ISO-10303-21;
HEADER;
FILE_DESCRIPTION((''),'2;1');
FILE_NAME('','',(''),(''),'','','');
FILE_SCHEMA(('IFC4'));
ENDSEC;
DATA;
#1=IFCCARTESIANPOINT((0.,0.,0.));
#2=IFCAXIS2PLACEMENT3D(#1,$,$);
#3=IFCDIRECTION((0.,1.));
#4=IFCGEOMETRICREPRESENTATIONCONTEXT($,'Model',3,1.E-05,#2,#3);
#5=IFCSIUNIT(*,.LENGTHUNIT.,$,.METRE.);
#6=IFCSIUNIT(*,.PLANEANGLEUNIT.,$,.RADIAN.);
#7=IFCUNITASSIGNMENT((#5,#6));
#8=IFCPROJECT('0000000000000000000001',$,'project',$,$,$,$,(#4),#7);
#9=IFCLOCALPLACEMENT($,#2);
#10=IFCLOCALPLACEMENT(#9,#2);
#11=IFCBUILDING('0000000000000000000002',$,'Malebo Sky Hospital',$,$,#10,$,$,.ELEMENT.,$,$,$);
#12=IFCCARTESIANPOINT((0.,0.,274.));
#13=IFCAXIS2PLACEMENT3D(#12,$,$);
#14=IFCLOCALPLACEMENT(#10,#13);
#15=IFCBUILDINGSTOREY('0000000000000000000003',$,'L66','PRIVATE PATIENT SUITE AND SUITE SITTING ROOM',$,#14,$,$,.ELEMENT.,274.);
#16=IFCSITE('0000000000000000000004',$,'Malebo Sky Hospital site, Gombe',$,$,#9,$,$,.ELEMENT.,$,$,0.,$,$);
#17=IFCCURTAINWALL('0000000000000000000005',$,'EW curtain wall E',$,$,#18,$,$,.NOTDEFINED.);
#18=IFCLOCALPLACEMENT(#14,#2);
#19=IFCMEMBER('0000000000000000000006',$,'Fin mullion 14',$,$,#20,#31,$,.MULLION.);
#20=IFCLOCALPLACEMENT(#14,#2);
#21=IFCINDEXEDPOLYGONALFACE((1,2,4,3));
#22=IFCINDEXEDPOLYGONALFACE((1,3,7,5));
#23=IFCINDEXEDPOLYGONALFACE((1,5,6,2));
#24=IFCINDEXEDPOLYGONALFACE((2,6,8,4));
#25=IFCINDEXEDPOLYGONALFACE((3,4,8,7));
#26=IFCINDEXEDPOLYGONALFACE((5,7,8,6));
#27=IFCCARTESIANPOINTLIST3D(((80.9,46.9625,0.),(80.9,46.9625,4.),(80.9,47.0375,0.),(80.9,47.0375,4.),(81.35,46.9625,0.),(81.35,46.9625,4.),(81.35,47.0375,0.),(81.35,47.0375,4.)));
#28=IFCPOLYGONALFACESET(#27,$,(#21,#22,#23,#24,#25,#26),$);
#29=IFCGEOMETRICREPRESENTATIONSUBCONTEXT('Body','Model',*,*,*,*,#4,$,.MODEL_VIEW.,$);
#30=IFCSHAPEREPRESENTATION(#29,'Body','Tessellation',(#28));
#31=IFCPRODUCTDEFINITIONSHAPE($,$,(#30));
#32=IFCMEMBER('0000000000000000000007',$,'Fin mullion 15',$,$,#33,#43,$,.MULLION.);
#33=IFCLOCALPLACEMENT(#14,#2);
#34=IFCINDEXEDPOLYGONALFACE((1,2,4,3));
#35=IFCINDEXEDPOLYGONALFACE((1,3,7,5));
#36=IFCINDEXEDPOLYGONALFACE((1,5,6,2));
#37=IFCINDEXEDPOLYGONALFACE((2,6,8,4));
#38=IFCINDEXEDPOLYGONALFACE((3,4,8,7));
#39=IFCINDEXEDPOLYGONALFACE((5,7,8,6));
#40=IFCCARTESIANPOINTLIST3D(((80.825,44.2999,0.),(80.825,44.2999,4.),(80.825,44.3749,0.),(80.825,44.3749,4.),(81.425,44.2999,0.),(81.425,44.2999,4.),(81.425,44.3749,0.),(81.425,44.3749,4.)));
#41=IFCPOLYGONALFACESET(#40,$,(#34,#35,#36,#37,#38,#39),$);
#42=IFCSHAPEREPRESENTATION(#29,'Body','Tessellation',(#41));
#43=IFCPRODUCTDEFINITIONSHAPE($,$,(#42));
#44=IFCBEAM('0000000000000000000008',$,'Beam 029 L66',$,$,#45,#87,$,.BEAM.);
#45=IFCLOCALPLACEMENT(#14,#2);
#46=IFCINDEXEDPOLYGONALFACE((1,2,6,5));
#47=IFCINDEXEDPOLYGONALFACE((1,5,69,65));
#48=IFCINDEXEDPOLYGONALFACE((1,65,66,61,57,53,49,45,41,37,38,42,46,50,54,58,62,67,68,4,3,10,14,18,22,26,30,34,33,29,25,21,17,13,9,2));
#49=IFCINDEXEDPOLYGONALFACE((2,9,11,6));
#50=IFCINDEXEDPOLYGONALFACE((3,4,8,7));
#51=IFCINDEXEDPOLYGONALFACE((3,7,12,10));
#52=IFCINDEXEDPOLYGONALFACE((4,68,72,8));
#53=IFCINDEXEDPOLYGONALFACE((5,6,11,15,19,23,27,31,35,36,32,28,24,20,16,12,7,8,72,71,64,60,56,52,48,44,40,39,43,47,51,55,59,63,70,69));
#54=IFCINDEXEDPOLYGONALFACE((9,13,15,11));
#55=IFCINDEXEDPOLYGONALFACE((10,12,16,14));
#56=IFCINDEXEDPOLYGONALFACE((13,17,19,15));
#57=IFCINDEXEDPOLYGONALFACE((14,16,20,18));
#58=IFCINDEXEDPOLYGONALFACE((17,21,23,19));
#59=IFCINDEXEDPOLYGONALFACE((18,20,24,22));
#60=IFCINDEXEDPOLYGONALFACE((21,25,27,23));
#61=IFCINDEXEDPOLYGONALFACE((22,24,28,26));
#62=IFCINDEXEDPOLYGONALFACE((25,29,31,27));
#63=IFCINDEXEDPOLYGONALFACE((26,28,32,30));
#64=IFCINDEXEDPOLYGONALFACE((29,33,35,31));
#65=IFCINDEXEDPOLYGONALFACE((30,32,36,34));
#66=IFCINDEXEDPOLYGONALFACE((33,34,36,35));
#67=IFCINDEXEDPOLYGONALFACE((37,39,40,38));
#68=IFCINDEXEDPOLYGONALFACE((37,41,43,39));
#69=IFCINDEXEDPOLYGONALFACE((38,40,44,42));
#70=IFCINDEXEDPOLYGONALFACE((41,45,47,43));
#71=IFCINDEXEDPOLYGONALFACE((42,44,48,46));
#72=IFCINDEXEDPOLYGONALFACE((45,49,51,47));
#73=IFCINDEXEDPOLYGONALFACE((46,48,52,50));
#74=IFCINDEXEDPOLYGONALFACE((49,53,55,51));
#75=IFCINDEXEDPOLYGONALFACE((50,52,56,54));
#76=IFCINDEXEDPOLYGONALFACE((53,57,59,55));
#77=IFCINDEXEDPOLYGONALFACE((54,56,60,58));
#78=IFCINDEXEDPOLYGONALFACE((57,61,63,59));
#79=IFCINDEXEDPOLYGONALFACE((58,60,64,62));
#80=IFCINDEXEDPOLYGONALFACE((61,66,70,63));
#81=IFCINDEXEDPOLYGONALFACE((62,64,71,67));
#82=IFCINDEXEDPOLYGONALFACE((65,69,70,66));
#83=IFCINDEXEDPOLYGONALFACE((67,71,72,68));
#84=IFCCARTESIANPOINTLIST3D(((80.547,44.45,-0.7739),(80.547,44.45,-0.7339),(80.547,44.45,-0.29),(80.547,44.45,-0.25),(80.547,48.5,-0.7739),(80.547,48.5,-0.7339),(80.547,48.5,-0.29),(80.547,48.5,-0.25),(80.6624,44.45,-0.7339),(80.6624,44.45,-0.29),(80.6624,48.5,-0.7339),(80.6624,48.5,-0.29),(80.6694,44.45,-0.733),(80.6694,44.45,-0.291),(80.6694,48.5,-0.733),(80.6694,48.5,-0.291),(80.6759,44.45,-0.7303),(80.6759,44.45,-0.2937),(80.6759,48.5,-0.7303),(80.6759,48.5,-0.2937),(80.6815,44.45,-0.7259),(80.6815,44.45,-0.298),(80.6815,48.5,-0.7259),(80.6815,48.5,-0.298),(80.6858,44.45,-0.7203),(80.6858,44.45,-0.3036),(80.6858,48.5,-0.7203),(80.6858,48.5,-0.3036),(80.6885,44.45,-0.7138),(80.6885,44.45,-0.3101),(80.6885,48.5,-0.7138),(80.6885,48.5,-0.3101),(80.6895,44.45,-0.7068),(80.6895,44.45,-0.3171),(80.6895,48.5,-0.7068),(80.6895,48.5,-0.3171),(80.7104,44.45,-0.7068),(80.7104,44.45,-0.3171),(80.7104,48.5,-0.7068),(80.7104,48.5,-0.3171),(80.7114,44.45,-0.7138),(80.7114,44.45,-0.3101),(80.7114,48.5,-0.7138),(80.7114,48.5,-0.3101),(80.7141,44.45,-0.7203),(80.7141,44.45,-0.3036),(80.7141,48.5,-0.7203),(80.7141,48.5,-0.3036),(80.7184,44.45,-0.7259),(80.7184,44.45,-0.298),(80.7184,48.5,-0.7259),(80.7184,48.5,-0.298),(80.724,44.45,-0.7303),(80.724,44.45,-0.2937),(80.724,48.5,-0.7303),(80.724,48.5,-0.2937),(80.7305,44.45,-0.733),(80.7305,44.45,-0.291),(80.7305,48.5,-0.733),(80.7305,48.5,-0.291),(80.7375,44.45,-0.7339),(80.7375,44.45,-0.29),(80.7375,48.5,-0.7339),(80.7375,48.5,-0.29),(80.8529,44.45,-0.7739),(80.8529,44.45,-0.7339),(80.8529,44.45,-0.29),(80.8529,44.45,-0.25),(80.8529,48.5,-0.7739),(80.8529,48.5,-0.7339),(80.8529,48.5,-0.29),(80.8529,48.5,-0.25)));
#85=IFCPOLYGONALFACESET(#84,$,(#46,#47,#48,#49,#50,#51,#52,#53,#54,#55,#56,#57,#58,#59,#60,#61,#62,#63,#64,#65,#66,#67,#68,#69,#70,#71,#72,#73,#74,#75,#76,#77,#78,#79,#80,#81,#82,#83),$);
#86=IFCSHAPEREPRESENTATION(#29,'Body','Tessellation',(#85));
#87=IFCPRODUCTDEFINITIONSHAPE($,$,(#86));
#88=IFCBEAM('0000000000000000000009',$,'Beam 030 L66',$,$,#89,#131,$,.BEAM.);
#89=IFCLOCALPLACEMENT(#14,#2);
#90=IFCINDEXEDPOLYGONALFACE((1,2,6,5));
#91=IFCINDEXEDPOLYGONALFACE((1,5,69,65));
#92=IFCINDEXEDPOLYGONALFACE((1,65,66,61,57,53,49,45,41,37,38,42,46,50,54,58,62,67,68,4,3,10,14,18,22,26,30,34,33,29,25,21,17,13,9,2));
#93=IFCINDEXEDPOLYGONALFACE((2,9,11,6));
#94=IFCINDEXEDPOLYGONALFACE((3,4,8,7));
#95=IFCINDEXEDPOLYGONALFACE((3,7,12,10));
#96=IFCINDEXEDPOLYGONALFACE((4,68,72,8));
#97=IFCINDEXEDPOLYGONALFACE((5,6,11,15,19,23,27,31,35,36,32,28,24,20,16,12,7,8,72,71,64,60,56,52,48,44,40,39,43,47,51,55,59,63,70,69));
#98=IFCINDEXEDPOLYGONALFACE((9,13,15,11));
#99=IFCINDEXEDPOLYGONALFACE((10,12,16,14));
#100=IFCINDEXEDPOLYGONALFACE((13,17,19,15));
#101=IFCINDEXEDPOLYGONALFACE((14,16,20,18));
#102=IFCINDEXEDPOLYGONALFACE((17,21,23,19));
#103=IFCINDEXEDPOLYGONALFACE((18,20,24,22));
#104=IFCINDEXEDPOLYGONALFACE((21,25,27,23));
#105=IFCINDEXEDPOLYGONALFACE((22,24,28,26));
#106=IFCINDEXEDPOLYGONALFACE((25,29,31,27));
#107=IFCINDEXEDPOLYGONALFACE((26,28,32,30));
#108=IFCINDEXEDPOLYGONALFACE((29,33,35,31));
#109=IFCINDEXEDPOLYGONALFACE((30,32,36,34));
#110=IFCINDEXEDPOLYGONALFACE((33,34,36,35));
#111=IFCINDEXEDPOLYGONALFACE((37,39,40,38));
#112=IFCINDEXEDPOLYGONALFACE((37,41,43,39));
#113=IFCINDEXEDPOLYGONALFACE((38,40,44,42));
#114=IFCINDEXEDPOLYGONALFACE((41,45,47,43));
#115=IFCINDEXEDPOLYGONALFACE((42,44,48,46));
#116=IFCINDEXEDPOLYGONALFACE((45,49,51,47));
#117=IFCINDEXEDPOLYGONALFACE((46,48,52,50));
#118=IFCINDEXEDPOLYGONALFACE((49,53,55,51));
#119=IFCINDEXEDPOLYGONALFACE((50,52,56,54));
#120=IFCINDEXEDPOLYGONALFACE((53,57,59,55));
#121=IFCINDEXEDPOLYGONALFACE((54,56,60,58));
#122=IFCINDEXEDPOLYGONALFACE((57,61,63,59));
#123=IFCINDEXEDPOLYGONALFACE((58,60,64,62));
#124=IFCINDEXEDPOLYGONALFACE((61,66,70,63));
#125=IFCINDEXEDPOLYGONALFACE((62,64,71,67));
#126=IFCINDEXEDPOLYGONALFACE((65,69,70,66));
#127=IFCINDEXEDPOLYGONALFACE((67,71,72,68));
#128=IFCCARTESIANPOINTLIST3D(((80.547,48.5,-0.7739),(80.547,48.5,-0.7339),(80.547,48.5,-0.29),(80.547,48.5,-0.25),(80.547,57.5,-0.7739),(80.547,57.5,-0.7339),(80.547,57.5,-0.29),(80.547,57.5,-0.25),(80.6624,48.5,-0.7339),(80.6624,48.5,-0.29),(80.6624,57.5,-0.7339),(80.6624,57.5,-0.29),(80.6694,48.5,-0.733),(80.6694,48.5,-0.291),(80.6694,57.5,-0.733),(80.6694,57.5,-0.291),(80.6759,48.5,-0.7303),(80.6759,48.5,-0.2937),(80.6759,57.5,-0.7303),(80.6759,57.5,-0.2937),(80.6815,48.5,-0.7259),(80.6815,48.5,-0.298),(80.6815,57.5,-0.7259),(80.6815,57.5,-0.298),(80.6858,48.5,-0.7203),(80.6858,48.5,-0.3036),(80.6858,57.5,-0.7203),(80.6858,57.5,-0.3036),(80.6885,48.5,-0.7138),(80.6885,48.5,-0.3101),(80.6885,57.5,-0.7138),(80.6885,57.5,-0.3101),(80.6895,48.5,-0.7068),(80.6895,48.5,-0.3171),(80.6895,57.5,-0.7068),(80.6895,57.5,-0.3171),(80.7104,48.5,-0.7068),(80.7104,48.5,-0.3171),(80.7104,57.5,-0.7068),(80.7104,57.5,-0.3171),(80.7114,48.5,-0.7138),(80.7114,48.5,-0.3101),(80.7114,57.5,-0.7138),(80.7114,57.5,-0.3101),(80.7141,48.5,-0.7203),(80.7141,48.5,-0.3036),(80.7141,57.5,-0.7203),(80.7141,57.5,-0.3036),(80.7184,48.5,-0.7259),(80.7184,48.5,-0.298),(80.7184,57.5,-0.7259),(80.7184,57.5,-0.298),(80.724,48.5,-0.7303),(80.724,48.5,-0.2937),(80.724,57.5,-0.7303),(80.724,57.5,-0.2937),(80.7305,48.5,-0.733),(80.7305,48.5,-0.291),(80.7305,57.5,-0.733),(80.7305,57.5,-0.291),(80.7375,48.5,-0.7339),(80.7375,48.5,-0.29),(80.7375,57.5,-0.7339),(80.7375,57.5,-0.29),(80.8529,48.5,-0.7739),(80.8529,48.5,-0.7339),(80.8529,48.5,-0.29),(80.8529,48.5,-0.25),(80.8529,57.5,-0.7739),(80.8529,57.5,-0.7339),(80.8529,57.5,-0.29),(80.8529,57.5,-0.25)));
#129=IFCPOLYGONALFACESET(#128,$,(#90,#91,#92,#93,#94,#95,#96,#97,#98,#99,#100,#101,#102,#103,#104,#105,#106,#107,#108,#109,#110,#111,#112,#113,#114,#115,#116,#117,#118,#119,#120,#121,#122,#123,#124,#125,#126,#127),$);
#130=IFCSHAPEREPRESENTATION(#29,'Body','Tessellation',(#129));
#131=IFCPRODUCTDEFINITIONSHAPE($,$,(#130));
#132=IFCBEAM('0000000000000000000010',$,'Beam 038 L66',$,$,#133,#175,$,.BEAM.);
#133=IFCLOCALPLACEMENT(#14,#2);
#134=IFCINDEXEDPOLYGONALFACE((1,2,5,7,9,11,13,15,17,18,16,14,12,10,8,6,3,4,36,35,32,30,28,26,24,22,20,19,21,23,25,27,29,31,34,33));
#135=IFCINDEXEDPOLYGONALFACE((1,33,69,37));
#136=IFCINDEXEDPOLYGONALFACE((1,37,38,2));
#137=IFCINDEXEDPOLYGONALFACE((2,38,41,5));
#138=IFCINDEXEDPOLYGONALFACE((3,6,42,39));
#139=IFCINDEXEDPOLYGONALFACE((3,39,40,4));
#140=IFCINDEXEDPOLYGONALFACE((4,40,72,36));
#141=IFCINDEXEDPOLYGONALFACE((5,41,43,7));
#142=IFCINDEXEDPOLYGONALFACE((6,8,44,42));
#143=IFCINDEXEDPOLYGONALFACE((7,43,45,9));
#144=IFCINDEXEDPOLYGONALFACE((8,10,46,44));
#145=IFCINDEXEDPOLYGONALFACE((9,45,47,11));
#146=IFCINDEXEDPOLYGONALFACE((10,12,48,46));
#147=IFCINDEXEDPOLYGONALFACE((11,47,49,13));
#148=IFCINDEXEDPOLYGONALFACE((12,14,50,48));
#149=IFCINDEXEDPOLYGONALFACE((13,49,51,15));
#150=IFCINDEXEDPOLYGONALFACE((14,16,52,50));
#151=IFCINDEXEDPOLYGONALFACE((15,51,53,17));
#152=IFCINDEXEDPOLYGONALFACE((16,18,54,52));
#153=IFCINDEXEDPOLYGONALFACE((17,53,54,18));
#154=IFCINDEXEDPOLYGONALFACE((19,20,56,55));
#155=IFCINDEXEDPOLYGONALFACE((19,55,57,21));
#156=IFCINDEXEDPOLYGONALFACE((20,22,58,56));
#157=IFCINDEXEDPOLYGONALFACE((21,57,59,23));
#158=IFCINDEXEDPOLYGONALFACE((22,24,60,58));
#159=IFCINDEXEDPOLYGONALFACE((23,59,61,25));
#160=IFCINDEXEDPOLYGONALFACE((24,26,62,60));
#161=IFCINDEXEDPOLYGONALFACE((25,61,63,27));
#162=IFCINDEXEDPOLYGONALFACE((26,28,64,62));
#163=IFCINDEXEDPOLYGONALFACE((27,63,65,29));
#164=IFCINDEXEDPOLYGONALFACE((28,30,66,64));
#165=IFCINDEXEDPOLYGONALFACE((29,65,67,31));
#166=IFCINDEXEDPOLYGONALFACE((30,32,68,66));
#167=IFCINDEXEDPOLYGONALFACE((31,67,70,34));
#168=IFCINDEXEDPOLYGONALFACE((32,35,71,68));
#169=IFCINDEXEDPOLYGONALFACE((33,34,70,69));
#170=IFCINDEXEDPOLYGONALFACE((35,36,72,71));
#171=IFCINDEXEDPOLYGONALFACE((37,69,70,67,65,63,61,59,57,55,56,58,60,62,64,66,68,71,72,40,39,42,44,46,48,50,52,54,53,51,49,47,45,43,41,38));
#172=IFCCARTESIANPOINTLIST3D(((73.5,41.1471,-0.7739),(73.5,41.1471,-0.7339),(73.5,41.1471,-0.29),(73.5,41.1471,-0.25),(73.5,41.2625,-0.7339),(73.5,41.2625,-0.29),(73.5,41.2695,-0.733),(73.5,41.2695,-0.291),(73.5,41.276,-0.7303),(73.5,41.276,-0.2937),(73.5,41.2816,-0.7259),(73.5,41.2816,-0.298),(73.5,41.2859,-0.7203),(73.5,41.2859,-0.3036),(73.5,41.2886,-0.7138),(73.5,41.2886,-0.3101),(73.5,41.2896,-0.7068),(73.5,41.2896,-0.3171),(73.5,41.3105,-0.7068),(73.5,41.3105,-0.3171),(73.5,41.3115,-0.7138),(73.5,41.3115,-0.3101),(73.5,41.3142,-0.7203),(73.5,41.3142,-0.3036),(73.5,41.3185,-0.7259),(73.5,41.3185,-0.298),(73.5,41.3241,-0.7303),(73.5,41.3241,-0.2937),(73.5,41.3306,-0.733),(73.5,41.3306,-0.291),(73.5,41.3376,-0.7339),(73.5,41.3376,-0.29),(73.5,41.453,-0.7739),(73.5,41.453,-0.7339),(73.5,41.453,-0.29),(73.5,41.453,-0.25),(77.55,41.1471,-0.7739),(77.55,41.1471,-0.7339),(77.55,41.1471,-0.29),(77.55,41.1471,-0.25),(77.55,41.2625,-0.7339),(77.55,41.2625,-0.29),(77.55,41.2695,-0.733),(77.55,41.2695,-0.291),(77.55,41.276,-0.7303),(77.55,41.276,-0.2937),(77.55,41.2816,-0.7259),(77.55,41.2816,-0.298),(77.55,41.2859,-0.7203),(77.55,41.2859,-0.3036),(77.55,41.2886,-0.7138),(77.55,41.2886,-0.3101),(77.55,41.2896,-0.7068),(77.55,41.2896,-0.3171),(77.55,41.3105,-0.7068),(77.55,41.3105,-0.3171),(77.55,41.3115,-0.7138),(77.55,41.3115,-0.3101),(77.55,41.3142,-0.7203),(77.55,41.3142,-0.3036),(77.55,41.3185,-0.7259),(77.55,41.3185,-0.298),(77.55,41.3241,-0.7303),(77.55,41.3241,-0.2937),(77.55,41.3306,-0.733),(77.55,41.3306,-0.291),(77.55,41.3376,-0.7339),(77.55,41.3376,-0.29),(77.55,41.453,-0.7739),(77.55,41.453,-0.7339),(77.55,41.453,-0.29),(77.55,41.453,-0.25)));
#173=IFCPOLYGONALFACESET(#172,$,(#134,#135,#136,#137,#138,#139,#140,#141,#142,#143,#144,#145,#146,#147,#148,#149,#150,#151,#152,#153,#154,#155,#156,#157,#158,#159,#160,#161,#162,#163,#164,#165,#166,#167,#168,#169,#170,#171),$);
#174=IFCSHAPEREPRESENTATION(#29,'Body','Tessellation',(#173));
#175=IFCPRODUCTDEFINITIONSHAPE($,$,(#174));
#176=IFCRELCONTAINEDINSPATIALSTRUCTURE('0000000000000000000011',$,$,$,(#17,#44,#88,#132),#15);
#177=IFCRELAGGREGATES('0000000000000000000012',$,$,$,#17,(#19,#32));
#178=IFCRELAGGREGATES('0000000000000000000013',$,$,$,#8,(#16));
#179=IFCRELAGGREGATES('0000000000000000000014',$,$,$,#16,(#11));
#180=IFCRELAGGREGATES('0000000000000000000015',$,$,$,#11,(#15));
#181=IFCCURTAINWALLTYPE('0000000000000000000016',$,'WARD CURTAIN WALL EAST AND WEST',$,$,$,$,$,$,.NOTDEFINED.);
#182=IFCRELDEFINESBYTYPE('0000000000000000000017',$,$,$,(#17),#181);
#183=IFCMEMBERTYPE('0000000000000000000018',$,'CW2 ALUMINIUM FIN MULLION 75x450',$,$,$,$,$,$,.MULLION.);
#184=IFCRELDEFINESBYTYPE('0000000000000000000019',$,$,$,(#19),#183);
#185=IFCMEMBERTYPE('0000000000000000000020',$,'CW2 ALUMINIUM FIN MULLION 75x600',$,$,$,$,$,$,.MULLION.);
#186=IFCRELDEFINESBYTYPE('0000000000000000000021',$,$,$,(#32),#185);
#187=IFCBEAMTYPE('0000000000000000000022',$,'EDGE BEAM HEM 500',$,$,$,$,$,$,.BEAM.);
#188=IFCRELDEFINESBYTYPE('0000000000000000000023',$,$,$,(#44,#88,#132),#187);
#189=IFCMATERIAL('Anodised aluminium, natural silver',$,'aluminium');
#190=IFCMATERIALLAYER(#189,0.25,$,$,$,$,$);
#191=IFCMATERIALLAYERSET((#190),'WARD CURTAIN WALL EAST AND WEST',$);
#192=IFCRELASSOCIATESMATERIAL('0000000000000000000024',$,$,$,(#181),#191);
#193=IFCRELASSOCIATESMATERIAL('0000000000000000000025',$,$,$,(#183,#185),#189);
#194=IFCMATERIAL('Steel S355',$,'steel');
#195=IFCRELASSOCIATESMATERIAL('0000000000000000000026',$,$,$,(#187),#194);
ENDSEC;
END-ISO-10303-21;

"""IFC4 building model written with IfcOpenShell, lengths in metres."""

from ifc_helpers import new_model, si_unit, direction, frame, origin, origin_2d, place, context, subcontext, project, spatial, rectangle, i_section, extrude, material, layer, layer_set, material_profile, profile_set, type_object, element, aggregate, save


model = new_model("IFC4")

# Units and contexts
model_context = context("Model", 3, precision=1e-05, world=origin(), true_north=direction((0.0, 1.0)))
body_context = subcontext(model_context, "Body", "Model", "MODEL_VIEW")
ifc_project = project(units=[si_unit("LENGTHUNIT", "METRE"), si_unit("PLANEANGLEUNIT", "RADIAN")], contexts=[model_context])

# Site, building, storey
site_placement = place(None, origin())
site = spatial("IfcSite", under=ifc_project, at=site_placement, Name="Malebo Sky Hospital site, Gombe", CompositionType="ELEMENT", RefElevation=0.0)
building_placement = place(site_placement, origin())
building = spatial("IfcBuilding", under=site, at=building_placement, Name="Malebo Sky Hospital", CompositionType="ELEMENT")
storey_placement = place(building_placement, frame((0.0, 0.0, 274.0)))
storey = spatial("IfcBuildingStorey", under=building, at=storey_placement, Name="L66", Description="PRIVATE PATIENT SUITE AND SUITE SITTING ROOM", CompositionType="ELEMENT", Elevation=274.0)

# Curtain wall
ifc_material_1 = material(Name="Anodised aluminium, natural silver", Category="aluminium")
ifc_layer_1 = layer(ifc_material_1, 0.25)
ifc_layer_set_1 = layer_set([ifc_layer_1], Name="WARD CURTAIN WALL EAST AND WEST")
curtain_wall_type_1 = type_object("IfcCurtainWallType", Name="WARD CURTAIN WALL EAST AND WEST", PredefinedType="NOTDEFINED", material=ifc_layer_set_1)
curtain_wall_1_placement = place(storey_placement, origin())
curtain_wall_1 = element("IfcCurtainWall", 1, at=curtain_wall_1_placement, inside=storey, type_object=curtain_wall_type_1, Name="EW curtain wall E", PredefinedType="NOTDEFINED")

# Members
ifc_material_profile_1 = material_profile(ifc_material_1, rectangle(XDim=0.075, YDim=0.45, at=origin_2d()), Name="CW2 ALUMINIUM FIN MULLION 75x450")
ifc_profile_set_1 = profile_set([ifc_material_profile_1], Name="Anodised aluminium, natural silver")
member_type_1 = type_object("IfcMemberType", Name="CW2 ALUMINIUM FIN MULLION 75x450", PredefinedType="MULLION", material=ifc_profile_set_1)
member_1_placement = place(storey_placement, frame((81.125, 47.0, 0.0), z_axis=(0.0, 0.0, 1.0), x_axis=(0.0, -1.0, 0.0)))
member_1 = element("IfcMember", 2, at=member_1_placement, type_object=member_type_1, Name="Fin mullion 14", PredefinedType="MULLION", context=body_context, shape_type="SweptSolid", body=[
    extrude(rectangle(XDim=0.075, YDim=0.45, at=origin_2d()), origin(), (0.0, 0.0, 1.0), 4.0),
])
ifc_material_profile_2 = material_profile(ifc_material_1, rectangle(XDim=0.075, YDim=0.6001, at=origin_2d()), Name="CW2 ALUMINIUM FIN MULLION 75x600")
ifc_profile_set_2 = profile_set([ifc_material_profile_2], Name="Anodised aluminium, natural silver")
member_type_2 = type_object("IfcMemberType", Name="CW2 ALUMINIUM FIN MULLION 75x600", PredefinedType="MULLION", material=ifc_profile_set_2)
member_2_placement = place(storey_placement, frame((81.125, 44.3374, 0.0), z_axis=(0.0, 0.0, 1.0), x_axis=(0.0, -1.0, 0.0)))
member_2 = element("IfcMember", 3, at=member_2_placement, type_object=member_type_2, Name="Fin mullion 15", PredefinedType="MULLION", context=body_context, shape_type="SweptSolid", body=[
    extrude(rectangle(XDim=0.075, YDim=0.6001, at=origin_2d()), origin(), (0.0, 0.0, 1.0), 4.0),
])

# Beams
ifc_material_2 = material(Name="Steel S355", Category="steel")
ifc_material_profile_3 = material_profile(ifc_material_2, i_section(OverallWidth=0.3059, OverallDepth=0.5239, WebThickness=0.021, FlangeThickness=0.04, FilletRadius=0.0271, at=origin_2d()), Name="HEM 500")
ifc_profile_set_3 = profile_set([ifc_material_profile_3], Name="Steel S355")
beam_type_1 = type_object("IfcBeamType", Name="EDGE BEAM HEM 500", PredefinedType="BEAM", material=ifc_profile_set_3)
beam_1_placement = place(storey_placement, frame((80.7, 44.45, -0.512), z_axis=(0.0, 1.0, 0.0), x_axis=(-1.0, 0.0, 0.0)))
element("IfcBeam", 4, at=beam_1_placement, inside=storey, type_object=beam_type_1, Name="Beam 029 L66", PredefinedType="BEAM", context=body_context, shape_type="SweptSolid", body=[
    extrude(i_section(OverallWidth=0.3059, OverallDepth=0.5239, WebThickness=0.021, FlangeThickness=0.04, FilletRadius=0.0271, at=origin_2d()), origin(), (0.0, 0.0, 1.0), 4.05),
])
beam_2_placement = place(storey_placement, frame((80.7, 48.5, -0.512), z_axis=(0.0, 1.0, 0.0), x_axis=(-1.0, 0.0, 0.0)))
element("IfcBeam", 5, at=beam_2_placement, inside=storey, type_object=beam_type_1, Name="Beam 030 L66", PredefinedType="BEAM", context=body_context, shape_type="SweptSolid", body=[
    extrude(i_section(OverallWidth=0.3059, OverallDepth=0.5239, WebThickness=0.021, FlangeThickness=0.04, FilletRadius=0.0271, at=origin_2d()), origin(), (0.0, 0.0, 1.0), 9.0),
])
beam_3_placement = place(storey_placement, frame((73.5, 41.3, -0.512), z_axis=(1.0, 0.0, 0.0), x_axis=(0.0, 1.0, 0.0)))
element("IfcBeam", 6, at=beam_3_placement, inside=storey, type_object=beam_type_1, Name="Beam 038 L66", PredefinedType="BEAM", context=body_context, shape_type="SweptSolid", body=[
    extrude(i_section(OverallWidth=0.3059, OverallDepth=0.5239, WebThickness=0.021, FlangeThickness=0.04, FilletRadius=0.0271, at=origin_2d()), origin(), (0.0, 0.0, 1.0), 4.05),
])

aggregate(curtain_wall_1, [member_1, member_2])

save(model, "model.ifc")
